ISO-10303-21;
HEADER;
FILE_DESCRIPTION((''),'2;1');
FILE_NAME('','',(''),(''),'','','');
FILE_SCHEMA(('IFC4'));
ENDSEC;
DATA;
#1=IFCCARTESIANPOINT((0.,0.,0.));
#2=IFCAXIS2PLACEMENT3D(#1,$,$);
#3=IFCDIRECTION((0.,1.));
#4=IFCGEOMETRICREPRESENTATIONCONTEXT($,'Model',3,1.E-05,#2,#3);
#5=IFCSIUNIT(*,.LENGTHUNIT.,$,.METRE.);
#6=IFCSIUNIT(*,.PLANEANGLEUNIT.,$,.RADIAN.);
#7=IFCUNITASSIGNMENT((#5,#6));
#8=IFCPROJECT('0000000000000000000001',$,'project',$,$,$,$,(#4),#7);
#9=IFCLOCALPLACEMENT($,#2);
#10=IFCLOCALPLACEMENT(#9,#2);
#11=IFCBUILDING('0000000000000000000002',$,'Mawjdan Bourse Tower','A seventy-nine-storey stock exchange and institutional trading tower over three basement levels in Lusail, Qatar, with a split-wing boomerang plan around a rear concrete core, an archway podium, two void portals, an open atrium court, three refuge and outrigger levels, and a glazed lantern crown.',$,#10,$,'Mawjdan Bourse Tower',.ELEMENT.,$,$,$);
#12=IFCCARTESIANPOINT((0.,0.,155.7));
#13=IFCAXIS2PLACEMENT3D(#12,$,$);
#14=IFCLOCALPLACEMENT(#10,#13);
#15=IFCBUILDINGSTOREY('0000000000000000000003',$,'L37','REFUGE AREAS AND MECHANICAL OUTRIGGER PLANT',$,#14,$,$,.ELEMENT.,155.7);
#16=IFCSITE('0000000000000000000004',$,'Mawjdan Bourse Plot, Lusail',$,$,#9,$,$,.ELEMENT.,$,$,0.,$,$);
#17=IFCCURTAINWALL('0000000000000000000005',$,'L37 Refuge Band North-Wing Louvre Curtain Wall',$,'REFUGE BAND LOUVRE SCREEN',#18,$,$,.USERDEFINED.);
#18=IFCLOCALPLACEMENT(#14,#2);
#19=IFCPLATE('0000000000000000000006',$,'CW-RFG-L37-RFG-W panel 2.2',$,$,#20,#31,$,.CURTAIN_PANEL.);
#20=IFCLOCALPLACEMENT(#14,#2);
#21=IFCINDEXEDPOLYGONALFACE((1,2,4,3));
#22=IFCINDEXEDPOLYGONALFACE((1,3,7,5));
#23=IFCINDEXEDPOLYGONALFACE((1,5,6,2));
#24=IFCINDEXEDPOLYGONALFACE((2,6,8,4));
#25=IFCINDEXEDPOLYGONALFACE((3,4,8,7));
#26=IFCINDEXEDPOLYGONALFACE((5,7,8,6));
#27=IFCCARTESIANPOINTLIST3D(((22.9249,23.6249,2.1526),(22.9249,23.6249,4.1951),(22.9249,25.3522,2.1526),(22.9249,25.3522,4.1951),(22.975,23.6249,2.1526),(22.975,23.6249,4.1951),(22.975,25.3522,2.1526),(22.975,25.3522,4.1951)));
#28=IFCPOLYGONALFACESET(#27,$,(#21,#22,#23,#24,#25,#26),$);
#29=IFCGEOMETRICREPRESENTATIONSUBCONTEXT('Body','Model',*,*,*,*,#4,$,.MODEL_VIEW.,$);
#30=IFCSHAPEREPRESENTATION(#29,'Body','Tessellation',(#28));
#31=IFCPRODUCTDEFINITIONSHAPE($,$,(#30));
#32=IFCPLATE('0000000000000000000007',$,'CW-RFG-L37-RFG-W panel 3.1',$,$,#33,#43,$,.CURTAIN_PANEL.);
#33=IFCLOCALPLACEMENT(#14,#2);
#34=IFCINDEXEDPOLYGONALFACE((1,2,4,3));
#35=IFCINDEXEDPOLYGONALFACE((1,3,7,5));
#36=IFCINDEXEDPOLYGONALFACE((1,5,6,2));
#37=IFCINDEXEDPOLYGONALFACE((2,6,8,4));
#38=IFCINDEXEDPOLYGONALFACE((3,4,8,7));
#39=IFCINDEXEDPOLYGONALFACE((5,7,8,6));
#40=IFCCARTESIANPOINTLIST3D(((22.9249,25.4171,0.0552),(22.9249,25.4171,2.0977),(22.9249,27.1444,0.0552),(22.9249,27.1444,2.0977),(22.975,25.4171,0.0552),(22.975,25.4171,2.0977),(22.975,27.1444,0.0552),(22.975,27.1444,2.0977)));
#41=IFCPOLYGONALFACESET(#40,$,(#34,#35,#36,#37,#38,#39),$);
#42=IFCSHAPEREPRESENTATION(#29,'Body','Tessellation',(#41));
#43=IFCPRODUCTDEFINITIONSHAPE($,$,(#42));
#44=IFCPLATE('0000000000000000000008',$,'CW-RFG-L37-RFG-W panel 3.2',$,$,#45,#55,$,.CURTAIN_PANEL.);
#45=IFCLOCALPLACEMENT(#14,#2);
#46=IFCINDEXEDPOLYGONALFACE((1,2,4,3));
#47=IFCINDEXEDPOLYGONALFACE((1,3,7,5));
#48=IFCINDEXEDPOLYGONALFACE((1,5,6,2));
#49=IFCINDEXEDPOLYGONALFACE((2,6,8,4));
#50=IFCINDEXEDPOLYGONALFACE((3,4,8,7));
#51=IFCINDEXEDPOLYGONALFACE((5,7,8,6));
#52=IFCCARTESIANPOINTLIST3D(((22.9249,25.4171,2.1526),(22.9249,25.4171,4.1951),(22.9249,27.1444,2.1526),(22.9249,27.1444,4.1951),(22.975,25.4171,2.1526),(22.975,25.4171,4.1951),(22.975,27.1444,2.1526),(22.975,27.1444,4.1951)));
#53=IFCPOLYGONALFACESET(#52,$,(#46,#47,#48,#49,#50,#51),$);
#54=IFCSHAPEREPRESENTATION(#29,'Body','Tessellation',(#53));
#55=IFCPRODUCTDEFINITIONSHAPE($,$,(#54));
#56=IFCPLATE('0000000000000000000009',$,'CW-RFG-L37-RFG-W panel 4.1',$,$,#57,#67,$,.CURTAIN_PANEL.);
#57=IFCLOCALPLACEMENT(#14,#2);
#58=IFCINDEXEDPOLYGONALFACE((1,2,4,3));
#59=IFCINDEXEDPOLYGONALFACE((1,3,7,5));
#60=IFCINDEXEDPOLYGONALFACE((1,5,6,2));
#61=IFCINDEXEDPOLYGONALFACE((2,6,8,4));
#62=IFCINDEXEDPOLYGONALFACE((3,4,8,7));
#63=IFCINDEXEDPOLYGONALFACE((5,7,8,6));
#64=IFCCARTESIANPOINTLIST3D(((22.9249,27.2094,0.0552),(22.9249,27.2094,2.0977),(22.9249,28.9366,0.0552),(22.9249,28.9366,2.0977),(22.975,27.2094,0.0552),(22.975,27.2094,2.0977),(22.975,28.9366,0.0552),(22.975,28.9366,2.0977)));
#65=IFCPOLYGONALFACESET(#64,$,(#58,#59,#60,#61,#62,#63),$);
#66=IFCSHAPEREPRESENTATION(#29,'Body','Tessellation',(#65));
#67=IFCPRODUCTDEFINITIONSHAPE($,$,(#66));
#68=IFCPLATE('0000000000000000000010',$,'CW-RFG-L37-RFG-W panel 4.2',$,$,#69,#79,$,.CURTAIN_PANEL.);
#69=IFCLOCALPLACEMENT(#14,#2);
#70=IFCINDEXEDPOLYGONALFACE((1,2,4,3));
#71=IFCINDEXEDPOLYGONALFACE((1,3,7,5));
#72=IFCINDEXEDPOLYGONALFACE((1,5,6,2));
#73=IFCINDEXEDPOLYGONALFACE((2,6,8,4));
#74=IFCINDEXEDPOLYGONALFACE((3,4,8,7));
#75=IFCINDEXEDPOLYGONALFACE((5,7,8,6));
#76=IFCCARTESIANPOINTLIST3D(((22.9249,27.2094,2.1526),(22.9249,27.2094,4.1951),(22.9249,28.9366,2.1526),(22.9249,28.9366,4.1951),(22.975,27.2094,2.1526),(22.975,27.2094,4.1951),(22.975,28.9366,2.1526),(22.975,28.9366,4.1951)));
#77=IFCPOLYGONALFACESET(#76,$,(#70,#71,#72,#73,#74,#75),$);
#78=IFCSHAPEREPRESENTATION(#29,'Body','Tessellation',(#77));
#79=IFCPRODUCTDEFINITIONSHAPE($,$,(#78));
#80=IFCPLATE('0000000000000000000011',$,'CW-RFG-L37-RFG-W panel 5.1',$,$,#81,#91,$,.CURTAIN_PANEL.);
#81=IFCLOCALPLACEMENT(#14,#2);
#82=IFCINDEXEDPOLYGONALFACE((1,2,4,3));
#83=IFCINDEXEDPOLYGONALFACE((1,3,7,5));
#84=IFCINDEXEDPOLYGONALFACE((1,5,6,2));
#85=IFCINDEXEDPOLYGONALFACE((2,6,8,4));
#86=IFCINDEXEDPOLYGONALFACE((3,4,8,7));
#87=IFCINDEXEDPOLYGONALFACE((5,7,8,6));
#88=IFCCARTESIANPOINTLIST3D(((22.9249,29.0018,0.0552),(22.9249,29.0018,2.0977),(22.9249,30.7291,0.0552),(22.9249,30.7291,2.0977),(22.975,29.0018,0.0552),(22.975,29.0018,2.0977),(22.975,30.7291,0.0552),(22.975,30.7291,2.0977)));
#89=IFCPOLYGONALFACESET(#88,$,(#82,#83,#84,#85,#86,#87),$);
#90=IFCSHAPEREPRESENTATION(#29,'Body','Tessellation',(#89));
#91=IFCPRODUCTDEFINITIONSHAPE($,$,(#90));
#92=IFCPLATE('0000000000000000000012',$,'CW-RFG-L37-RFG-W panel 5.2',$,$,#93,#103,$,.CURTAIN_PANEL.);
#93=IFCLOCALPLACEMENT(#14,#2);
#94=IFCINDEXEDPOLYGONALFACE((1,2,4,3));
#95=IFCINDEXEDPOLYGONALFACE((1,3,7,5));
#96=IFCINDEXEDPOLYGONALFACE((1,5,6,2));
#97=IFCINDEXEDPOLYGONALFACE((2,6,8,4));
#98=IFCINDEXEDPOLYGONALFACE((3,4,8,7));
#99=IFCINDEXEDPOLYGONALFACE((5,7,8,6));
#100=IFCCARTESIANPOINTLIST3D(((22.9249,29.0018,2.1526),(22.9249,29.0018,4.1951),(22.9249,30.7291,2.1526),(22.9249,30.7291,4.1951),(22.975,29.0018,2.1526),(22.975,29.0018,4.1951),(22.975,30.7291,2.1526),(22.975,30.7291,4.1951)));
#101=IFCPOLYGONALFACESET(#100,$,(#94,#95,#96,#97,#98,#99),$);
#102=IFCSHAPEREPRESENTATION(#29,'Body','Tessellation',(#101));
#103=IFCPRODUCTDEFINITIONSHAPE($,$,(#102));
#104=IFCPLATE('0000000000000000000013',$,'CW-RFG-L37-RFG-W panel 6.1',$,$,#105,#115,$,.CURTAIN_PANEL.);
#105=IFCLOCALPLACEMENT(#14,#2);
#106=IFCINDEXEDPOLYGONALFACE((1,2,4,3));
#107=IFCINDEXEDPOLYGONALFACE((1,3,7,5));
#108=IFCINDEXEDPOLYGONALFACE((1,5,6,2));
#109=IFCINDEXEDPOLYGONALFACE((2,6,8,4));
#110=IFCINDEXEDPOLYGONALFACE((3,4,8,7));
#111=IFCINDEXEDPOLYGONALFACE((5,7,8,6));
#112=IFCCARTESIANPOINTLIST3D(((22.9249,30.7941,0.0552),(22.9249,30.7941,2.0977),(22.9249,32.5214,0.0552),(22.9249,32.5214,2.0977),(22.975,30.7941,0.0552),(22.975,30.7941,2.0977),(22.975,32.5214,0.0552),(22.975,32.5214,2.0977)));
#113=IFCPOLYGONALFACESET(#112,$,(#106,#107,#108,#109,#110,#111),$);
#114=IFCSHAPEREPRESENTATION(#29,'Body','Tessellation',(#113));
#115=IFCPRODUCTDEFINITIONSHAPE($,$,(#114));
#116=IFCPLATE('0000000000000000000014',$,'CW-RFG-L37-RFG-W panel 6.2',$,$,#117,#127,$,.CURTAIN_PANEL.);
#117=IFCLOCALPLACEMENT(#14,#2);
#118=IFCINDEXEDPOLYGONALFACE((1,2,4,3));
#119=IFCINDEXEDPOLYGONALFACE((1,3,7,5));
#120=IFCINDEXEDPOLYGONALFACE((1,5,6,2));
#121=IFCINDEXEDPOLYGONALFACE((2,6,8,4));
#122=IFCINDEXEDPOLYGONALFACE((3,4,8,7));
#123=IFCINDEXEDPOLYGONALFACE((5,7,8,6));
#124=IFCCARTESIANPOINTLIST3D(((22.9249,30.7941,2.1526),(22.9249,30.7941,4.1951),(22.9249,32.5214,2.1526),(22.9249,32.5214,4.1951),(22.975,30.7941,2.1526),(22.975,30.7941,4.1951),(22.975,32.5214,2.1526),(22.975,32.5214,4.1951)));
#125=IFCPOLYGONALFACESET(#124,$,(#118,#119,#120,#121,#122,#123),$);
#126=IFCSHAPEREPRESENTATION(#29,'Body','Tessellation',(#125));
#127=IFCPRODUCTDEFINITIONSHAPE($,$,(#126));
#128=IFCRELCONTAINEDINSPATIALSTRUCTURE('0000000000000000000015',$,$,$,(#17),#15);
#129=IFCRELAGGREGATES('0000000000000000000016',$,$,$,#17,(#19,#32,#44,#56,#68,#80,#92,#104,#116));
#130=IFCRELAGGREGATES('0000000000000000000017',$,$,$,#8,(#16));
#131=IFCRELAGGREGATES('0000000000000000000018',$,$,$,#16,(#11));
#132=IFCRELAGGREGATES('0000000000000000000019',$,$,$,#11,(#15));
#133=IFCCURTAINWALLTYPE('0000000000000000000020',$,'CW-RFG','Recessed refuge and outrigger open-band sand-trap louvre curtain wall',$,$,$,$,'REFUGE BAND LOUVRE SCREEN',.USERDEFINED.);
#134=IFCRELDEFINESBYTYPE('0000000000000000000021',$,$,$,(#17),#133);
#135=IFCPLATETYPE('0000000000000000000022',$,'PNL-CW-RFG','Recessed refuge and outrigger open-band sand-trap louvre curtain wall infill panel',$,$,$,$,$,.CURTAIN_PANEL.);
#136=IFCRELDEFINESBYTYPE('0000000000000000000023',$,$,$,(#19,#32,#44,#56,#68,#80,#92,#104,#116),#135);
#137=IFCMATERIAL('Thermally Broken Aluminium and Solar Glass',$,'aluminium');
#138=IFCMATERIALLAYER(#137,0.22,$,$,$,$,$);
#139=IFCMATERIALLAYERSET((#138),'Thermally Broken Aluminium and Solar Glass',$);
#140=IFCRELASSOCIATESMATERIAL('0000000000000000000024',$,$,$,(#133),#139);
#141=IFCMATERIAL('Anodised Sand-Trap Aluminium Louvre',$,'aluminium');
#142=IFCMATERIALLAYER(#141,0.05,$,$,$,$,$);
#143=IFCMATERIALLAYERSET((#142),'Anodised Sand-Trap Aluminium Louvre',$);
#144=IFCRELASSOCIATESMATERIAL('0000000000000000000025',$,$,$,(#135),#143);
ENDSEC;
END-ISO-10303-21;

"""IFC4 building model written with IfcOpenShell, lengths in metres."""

from ifc_helpers import new_model, si_unit, direction, frame, origin, origin_2d, place, context, subcontext, project, spatial, rectangle, extrude, material, layer, layer_set, type_object, element, aggregate, save


model = new_model("IFC4")

# Units and contexts
model_context = context("Model", 3, precision=1e-05, world=origin(), true_north=direction((0.0, 1.0)))
body_context = subcontext(model_context, "Body", "Model", "MODEL_VIEW")
ifc_project = project(units=[si_unit("LENGTHUNIT", "METRE"), si_unit("PLANEANGLEUNIT", "RADIAN")], contexts=[model_context])

# Site, building, storey
site_placement = place(None, origin())
site = spatial("IfcSite", under=ifc_project, at=site_placement, Name="Mawjdan Bourse Plot, Lusail", CompositionType="ELEMENT", RefElevation=0.0)
building_placement = place(site_placement, origin())
building = spatial("IfcBuilding", under=site, at=building_placement, Name="Mawjdan Bourse Tower", Description="A seventy-nine-storey stock exchange and institutional trading tower over three basement levels in Lusail, Qatar, with a split-wing boomerang plan around a rear concrete core, an archway podium, two void portals, an open atrium court, three refuge and outrigger levels, and a glazed lantern crown.", LongName="Mawjdan Bourse Tower", CompositionType="ELEMENT")
storey_placement = place(building_placement, frame((0.0, 0.0, 155.7)))
storey = spatial("IfcBuildingStorey", under=building, at=storey_placement, Name="L37", Description="REFUGE AREAS AND MECHANICAL OUTRIGGER PLANT", CompositionType="ELEMENT", Elevation=155.7)

# Curtain wall
ifc_material_1 = material(Name="Thermally Broken Aluminium and Solar Glass", Category="aluminium")
ifc_layer_1 = layer(ifc_material_1, 0.22)
ifc_layer_set_1 = layer_set([ifc_layer_1], Name="Thermally Broken Aluminium and Solar Glass")
curtain_wall_type = type_object("IfcCurtainWallType", Name="CW-RFG", Description="Recessed refuge and outrigger open-band sand-trap louvre curtain wall", ElementType="REFUGE BAND LOUVRE SCREEN", PredefinedType="USERDEFINED", material=ifc_layer_set_1)
curtain_wall_placement = place(storey_placement, origin())
curtain_wall = element("IfcCurtainWall", 1, at=curtain_wall_placement, inside=storey, type_object=curtain_wall_type, Name="L37 Refuge Band North-Wing Louvre Curtain Wall", ObjectType="REFUGE BAND LOUVRE SCREEN", PredefinedType="USERDEFINED")

# Plates
ifc_material_2 = material(Name="Anodised Sand-Trap Aluminium Louvre", Category="aluminium")
ifc_layer_2 = layer(ifc_material_2, 0.05)
ifc_layer_set_2 = layer_set([ifc_layer_2], Name="Anodised Sand-Trap Aluminium Louvre")
plate_type = type_object("IfcPlateType", Name="PNL-CW-RFG", Description="Recessed refuge and outrigger open-band sand-trap louvre curtain wall infill panel", PredefinedType="CURTAIN_PANEL", material=ifc_layer_set_2)
plate_1_placement = place(storey_placement, frame((22.95, 24.4885, 2.1526), z_axis=(0.0, 0.0, 1.0), x_axis=(0.0, 1.0, 0.0)))
plate_1 = element("IfcPlate", 2, at=plate_1_placement, type_object=plate_type, Name="CW-RFG-L37-RFG-W panel 2.2", PredefinedType="CURTAIN_PANEL", context=body_context, shape_type="SweptSolid", body=[
    extrude(rectangle(XDim=1.7273, YDim=0.05, at=origin_2d()), origin(), (0.0, 0.0, 1.0), 2.0425),
])
plate_2_placement = place(storey_placement, frame((22.95, 26.2808, 0.0552), z_axis=(0.0, 0.0, 1.0), x_axis=(0.0, 1.0, 0.0)))
plate_2 = element("IfcPlate", 3, at=plate_2_placement, type_object=plate_type, Name="CW-RFG-L37-RFG-W panel 3.1", PredefinedType="CURTAIN_PANEL", context=body_context, shape_type="SweptSolid", body=[
    extrude(rectangle(XDim=1.7273, YDim=0.05, at=origin_2d()), origin(), (0.0, 0.0, 1.0), 2.0425),
])
plate_3_placement = place(storey_placement, frame((22.95, 26.2808, 2.1526), z_axis=(0.0, 0.0, 1.0), x_axis=(0.0, 1.0, 0.0)))
plate_3 = element("IfcPlate", 4, at=plate_3_placement, type_object=plate_type, Name="CW-RFG-L37-RFG-W panel 3.2", PredefinedType="CURTAIN_PANEL", context=body_context, shape_type="SweptSolid", body=[
    extrude(rectangle(XDim=1.7273, YDim=0.05, at=origin_2d()), origin(), (0.0, 0.0, 1.0), 2.0425),
])
plate_4_placement = place(storey_placement, frame((22.95, 28.073, 0.0552), z_axis=(0.0, 0.0, 1.0), x_axis=(0.0, 1.0, 0.0)))
plate_4 = element("IfcPlate", 5, at=plate_4_placement, type_object=plate_type, Name="CW-RFG-L37-RFG-W panel 4.1", PredefinedType="CURTAIN_PANEL", context=body_context, shape_type="SweptSolid", body=[
    extrude(rectangle(XDim=1.7273, YDim=0.05, at=origin_2d()), origin(), (0.0, 0.0, 1.0), 2.0425),
])
plate_5_placement = place(storey_placement, frame((22.95, 28.073, 2.1526), z_axis=(0.0, 0.0, 1.0), x_axis=(0.0, 1.0, 0.0)))
plate_5 = element("IfcPlate", 6, at=plate_5_placement, type_object=plate_type, Name="CW-RFG-L37-RFG-W panel 4.2", PredefinedType="CURTAIN_PANEL", context=body_context, shape_type="SweptSolid", body=[
    extrude(rectangle(XDim=1.7273, YDim=0.05, at=origin_2d()), origin(), (0.0, 0.0, 1.0), 2.0425),
])
plate_6_placement = place(storey_placement, frame((22.95, 29.8655, 0.0552), z_axis=(0.0, 0.0, 1.0), x_axis=(0.0, 1.0, 0.0)))
plate_6 = element("IfcPlate", 7, at=plate_6_placement, type_object=plate_type, Name="CW-RFG-L37-RFG-W panel 5.1", PredefinedType="CURTAIN_PANEL", context=body_context, shape_type="SweptSolid", body=[
    extrude(rectangle(XDim=1.7273, YDim=0.05, at=origin_2d()), origin(), (0.0, 0.0, 1.0), 2.0425),
])
plate_7_placement = place(storey_placement, frame((22.95, 29.8655, 2.1526), z_axis=(0.0, 0.0, 1.0), x_axis=(0.0, 1.0, 0.0)))
plate_7 = element("IfcPlate", 8, at=plate_7_placement, type_object=plate_type, Name="CW-RFG-L37-RFG-W panel 5.2", PredefinedType="CURTAIN_PANEL", context=body_context, shape_type="SweptSolid", body=[
    extrude(rectangle(XDim=1.7273, YDim=0.05, at=origin_2d()), origin(), (0.0, 0.0, 1.0), 2.0425),
])
plate_8_placement = place(storey_placement, frame((22.95, 31.6577, 0.0552), z_axis=(0.0, 0.0, 1.0), x_axis=(0.0, 1.0, 0.0)))
plate_8 = element("IfcPlate", 9, at=plate_8_placement, type_object=plate_type, Name="CW-RFG-L37-RFG-W panel 6.1", PredefinedType="CURTAIN_PANEL", context=body_context, shape_type="SweptSolid", body=[
    extrude(rectangle(XDim=1.7273, YDim=0.05, at=origin_2d()), origin(), (0.0, 0.0, 1.0), 2.0425),
])
plate_9_placement = place(storey_placement, frame((22.95, 31.6577, 2.1526), z_axis=(0.0, 0.0, 1.0), x_axis=(0.0, 1.0, 0.0)))
plate_9 = element("IfcPlate", 10, at=plate_9_placement, type_object=plate_type, Name="CW-RFG-L37-RFG-W panel 6.2", PredefinedType="CURTAIN_PANEL", context=body_context, shape_type="SweptSolid", body=[
    extrude(rectangle(XDim=1.7273, YDim=0.05, at=origin_2d()), origin(), (0.0, 0.0, 1.0), 2.0425),
])
aggregate(curtain_wall, [plate_1, plate_2, plate_3, plate_4, plate_5, plate_6, plate_7, plate_8, plate_9])

save(model, "model.ifc")
